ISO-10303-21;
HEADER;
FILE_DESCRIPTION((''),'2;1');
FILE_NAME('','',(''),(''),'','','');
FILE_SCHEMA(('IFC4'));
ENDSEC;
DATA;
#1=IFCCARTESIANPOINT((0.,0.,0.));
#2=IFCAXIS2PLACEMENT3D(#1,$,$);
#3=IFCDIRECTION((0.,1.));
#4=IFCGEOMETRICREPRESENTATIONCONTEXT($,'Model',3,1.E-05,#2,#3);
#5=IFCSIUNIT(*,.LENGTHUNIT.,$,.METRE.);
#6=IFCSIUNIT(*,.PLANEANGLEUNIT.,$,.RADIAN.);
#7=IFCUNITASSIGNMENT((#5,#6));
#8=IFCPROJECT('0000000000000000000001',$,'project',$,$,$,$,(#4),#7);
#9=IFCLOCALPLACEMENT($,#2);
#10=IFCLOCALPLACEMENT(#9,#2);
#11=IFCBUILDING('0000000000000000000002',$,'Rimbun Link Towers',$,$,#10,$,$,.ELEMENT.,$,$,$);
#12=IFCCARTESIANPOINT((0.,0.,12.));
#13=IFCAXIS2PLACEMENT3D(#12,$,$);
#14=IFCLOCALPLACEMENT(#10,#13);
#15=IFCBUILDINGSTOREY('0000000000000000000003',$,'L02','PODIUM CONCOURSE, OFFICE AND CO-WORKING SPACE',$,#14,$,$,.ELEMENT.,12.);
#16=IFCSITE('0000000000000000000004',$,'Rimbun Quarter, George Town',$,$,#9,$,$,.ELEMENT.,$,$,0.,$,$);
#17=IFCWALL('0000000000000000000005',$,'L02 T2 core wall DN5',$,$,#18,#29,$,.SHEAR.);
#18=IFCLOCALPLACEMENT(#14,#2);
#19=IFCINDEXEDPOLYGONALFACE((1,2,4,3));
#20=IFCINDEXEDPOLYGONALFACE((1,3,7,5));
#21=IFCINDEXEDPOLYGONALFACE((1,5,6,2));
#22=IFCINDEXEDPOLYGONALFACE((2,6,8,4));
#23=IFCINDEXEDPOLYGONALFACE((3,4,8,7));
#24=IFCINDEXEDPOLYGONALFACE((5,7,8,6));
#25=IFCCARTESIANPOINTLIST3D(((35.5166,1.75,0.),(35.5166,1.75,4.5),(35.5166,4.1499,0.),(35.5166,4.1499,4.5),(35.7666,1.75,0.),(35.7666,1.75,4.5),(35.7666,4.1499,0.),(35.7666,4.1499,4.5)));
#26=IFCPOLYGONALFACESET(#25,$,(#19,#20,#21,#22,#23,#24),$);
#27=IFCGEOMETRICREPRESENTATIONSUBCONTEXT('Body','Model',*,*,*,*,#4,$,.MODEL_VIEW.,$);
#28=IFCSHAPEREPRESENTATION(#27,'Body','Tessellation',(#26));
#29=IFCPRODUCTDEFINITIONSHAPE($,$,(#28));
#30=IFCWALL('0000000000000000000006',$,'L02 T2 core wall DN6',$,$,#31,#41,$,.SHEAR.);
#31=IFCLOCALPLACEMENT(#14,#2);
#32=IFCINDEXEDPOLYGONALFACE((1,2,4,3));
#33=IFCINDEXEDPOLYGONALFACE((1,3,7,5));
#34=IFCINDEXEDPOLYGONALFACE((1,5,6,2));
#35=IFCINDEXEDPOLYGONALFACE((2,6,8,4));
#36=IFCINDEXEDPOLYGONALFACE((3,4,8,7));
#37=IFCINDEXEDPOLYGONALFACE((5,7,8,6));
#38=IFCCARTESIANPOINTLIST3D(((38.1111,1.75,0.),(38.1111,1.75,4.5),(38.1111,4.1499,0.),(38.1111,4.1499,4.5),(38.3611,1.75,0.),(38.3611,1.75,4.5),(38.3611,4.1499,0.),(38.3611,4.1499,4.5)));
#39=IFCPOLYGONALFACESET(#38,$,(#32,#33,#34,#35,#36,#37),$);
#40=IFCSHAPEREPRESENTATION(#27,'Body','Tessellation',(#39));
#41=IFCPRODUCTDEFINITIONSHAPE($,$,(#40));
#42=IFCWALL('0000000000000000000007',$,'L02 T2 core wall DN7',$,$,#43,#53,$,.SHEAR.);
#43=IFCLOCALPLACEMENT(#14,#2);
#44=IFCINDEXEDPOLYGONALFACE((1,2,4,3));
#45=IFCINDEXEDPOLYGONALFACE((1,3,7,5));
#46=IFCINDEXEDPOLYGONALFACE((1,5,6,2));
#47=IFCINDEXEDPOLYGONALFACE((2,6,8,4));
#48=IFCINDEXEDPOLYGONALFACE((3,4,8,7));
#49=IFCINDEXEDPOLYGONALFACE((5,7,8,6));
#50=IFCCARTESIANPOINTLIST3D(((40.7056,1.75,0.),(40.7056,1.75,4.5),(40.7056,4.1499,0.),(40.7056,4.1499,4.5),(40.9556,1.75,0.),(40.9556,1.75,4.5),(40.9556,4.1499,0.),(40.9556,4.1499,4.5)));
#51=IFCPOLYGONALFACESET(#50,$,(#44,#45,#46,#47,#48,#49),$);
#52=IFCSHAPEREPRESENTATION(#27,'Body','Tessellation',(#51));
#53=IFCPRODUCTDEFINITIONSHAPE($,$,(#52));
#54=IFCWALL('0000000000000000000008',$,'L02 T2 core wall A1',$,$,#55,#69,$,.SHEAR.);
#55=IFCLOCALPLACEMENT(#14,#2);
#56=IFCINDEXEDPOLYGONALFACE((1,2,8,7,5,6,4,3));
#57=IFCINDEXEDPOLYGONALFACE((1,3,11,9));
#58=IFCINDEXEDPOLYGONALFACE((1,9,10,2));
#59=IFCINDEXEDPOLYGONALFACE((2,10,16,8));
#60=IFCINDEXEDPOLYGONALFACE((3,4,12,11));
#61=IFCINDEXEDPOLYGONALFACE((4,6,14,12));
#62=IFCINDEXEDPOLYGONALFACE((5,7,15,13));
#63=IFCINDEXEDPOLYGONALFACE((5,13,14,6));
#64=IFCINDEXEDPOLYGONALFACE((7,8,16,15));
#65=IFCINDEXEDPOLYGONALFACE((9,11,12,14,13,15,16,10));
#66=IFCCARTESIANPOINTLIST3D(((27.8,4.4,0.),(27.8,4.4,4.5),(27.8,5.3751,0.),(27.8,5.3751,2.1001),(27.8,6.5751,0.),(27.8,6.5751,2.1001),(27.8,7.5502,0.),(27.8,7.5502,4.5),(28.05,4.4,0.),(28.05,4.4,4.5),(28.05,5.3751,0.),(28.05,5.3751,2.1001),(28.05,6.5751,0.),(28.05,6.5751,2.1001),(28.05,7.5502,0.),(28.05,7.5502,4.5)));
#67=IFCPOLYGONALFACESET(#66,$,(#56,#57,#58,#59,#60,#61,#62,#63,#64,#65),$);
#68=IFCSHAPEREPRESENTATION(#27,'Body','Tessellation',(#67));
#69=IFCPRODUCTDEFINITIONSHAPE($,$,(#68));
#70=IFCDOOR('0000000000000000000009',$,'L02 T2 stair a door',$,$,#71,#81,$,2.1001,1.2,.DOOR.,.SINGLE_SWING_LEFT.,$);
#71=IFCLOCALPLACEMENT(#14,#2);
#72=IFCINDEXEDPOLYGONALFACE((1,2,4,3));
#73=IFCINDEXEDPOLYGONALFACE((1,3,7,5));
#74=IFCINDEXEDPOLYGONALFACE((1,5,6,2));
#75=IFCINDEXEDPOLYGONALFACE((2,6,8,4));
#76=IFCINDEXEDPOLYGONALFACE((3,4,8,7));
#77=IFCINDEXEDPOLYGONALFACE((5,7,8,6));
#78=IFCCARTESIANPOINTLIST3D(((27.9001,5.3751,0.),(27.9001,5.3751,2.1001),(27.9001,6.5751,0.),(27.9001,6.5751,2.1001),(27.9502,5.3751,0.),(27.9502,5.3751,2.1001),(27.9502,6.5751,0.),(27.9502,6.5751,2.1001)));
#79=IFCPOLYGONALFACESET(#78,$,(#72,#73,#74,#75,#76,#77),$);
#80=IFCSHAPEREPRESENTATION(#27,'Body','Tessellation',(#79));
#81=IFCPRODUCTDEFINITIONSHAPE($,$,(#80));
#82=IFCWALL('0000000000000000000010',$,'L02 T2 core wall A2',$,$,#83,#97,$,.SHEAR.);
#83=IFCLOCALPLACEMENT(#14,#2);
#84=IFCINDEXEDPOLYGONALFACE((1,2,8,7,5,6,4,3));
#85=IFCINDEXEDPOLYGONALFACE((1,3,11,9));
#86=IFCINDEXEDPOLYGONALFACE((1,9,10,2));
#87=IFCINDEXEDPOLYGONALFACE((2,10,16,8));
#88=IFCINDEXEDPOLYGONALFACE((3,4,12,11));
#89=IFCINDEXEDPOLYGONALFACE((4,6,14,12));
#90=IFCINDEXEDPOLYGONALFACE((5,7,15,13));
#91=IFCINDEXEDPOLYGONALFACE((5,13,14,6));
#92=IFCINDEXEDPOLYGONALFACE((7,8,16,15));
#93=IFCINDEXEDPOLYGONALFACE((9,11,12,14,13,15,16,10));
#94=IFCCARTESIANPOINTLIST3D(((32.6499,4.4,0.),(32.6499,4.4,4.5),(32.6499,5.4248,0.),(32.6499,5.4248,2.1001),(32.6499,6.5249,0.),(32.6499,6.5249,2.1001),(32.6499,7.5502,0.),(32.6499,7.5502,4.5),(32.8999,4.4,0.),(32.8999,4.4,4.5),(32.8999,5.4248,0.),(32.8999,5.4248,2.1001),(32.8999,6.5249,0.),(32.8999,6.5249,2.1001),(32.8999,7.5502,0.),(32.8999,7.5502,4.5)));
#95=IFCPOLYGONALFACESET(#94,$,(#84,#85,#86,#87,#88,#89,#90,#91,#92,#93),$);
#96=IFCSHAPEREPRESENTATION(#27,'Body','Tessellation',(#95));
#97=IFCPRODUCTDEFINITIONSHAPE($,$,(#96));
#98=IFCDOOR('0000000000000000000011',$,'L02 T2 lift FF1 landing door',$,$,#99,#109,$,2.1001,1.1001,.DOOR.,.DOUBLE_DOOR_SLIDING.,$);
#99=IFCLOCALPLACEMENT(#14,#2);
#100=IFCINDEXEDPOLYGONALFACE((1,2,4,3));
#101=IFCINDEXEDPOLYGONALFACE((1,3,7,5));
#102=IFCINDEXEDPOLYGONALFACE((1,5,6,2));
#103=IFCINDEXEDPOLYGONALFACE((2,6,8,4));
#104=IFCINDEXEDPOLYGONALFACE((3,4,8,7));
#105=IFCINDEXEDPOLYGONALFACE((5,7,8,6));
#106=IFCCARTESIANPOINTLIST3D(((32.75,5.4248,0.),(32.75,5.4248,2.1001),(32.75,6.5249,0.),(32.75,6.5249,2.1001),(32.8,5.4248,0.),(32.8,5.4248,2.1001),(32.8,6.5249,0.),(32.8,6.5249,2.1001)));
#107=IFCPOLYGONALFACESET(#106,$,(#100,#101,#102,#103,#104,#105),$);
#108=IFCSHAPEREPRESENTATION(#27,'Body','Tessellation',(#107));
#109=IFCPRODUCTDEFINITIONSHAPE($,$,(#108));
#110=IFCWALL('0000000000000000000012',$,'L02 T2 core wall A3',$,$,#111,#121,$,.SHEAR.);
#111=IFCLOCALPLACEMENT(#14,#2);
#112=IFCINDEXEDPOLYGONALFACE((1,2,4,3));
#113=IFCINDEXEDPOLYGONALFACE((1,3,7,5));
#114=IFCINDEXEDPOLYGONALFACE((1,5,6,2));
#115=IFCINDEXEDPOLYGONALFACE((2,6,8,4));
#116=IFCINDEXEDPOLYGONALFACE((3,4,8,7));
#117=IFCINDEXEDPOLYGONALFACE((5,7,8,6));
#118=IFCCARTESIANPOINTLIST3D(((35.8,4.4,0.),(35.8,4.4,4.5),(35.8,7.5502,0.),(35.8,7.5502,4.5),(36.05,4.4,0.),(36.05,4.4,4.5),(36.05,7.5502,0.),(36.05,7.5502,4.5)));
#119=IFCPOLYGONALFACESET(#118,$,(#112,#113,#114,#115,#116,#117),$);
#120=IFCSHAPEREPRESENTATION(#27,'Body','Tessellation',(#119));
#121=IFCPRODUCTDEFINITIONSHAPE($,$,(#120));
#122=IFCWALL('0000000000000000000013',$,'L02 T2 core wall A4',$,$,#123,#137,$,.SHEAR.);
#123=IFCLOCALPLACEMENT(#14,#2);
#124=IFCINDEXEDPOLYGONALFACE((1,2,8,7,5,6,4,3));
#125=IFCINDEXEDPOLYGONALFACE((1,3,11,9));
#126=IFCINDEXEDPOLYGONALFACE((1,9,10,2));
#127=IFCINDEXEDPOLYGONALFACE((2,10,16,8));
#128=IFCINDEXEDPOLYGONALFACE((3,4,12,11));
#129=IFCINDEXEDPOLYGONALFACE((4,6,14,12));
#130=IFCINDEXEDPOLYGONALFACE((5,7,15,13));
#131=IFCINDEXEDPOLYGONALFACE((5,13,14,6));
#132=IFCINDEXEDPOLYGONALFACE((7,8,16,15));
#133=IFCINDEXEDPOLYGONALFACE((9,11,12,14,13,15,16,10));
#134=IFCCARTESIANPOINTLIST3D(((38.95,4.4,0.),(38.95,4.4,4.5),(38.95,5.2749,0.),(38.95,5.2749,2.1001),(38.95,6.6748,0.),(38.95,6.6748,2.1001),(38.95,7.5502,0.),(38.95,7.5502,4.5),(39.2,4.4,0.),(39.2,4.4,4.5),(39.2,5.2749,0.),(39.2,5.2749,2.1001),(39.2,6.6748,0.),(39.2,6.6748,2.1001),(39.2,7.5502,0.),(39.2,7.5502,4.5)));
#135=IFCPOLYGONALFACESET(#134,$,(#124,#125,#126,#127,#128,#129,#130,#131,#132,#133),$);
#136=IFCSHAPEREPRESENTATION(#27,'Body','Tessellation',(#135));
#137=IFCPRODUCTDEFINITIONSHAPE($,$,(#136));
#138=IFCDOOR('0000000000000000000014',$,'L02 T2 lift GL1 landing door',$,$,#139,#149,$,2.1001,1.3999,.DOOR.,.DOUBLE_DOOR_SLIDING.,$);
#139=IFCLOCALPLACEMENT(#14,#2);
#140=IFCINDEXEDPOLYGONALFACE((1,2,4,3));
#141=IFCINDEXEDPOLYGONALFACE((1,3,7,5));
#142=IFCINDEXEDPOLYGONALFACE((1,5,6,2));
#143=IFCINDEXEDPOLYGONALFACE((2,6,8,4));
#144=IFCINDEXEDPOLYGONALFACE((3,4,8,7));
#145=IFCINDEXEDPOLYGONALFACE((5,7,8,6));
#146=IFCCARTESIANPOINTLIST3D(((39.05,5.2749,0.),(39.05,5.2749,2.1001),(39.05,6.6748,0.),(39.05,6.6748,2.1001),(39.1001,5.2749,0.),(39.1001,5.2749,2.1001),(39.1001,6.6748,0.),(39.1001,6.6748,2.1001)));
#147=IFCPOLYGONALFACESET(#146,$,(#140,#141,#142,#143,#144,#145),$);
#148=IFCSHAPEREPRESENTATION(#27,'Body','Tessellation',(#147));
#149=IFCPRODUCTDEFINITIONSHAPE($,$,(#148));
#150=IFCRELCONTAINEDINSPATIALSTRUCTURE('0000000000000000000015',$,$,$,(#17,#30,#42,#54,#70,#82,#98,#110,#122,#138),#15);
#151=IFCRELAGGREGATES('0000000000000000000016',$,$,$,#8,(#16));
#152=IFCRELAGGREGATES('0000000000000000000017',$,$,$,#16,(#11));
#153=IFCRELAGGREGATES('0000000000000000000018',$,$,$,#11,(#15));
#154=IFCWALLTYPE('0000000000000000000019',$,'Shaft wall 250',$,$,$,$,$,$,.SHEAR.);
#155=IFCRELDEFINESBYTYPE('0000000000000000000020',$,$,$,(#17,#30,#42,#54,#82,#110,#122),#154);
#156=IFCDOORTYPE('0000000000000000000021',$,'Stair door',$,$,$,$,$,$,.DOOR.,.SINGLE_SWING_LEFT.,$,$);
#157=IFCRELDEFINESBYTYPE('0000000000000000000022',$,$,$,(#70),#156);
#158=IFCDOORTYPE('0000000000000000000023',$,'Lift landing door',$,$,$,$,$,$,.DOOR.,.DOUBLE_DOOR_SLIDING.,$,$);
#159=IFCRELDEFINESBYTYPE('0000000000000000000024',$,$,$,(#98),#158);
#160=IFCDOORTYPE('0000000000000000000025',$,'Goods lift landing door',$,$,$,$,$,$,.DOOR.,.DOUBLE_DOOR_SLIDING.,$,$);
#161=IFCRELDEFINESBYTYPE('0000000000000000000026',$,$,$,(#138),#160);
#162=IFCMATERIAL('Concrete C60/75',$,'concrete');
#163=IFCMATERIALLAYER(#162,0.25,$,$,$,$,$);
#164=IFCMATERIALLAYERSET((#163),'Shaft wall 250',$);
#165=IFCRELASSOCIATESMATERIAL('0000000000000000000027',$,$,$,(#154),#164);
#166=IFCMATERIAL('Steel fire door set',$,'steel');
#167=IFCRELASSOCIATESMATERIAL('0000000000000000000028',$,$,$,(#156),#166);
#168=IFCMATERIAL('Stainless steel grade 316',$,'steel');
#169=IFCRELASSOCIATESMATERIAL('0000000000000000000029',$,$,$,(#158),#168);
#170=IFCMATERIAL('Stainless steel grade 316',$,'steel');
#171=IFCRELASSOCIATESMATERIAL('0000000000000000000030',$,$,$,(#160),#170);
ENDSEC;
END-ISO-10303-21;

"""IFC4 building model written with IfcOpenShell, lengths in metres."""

from ifc_helpers import new_model, si_unit, direction, frame, frame_2d, origin, place, context, subcontext, project, spatial, rectangle, extrude, material, layer, layer_set, type_object, element, fill, save


model = new_model("IFC4")

# Units and contexts
model_context = context("Model", 3, precision=1e-05, world=origin(), true_north=direction((0.0, 1.0)))
body_context = subcontext(model_context, "Body", "Model", "MODEL_VIEW")
ifc_project = project(units=[si_unit("LENGTHUNIT", "METRE"), si_unit("PLANEANGLEUNIT", "RADIAN")], contexts=[model_context])

# Site, building, storey
site_placement = place(None, origin())
site = spatial("IfcSite", under=ifc_project, at=site_placement, Name="Rimbun Quarter, George Town", CompositionType="ELEMENT", RefElevation=0.0)
building_placement = place(site_placement, origin())
building = spatial("IfcBuilding", under=site, at=building_placement, Name="Rimbun Link Towers", CompositionType="ELEMENT")
storey_placement = place(building_placement, frame((0.0, 0.0, 12.0)))
storey = spatial("IfcBuildingStorey", under=building, at=storey_placement, Name="L02", Description="PODIUM CONCOURSE, OFFICE AND CO-WORKING SPACE", CompositionType="ELEMENT", Elevation=12.0)

# Walls
ifc_material_1 = material(Name="Concrete C60/75", Category="concrete")
ifc_layer_1 = layer(ifc_material_1, 0.25)
ifc_layer_set_1 = layer_set([ifc_layer_1], Name="Shaft wall 250")
wall_type_1 = type_object("IfcWallType", Name="Shaft wall 250", PredefinedType="SHEAR", material=ifc_layer_set_1)
for number, where, z_axis, x_axis, name in (
    (1, (35.6416, 1.75, 0.0), (0.0, 0.0, 1.0), (0.0, 1.0, 0.0), "L02 T2 core wall DN5"),
    (2, (38.2361, 1.75, 0.0), (0.0, 0.0, 1.0), (0.0, 1.0, 0.0), "L02 T2 core wall DN6"),
    (3, (40.8306, 1.75, 0.0), (0.0, 0.0, 1.0), (0.0, 1.0, 0.0), "L02 T2 core wall DN7"),
):
    element("IfcWall", number, at=place(storey_placement, frame(where, z_axis=z_axis, x_axis=x_axis)), inside=storey, type_object=wall_type_1, Name=name, PredefinedType="SHEAR", context=body_context, shape_type="SweptSolid", body=[
        extrude(rectangle(XDim=2.3999, YDim=0.25, at=frame_2d((1.2, 0.0))), origin(), (0.0, 0.0, 1.0), 4.5),
    ])

# Walls, openings, doors
wall_1_placement = place(storey_placement, frame((27.925, 4.3999, 0.0), z_axis=(0.0, 0.0, 1.0), x_axis=(0.0, 1.0, 0.0)))
wall_1 = element("IfcWall", 4, at=wall_1_placement, inside=storey, type_object=wall_type_1, Name="L02 T2 core wall A1", PredefinedType="SHEAR", context=body_context, shape_type="SweptSolid", body=[
    extrude(rectangle(XDim=3.1501, YDim=0.25, at=frame_2d((1.5752, 0.0))), origin(), (0.0, 0.0, 1.0), 4.5),
])
opening_1_placement = place(wall_1_placement, frame((0.9751, 0.0, 0.0)))
opening_1 = element("IfcOpeningElement", 5, at=opening_1_placement, cuts=wall_1, PredefinedType="OPENING", context=body_context, shape_type="SweptSolid", body=[
    extrude(rectangle(XDim=1.2, YDim=2.1001, at=frame_2d((0.6001, 1.05))), frame((0.0, 0.135, 0.0), z_axis=(0.0, -1.0, 0.0), x_axis=(1.0, 0.0, 0.0)), (0.0, 0.0, 1.0), 0.27),
])
ifc_material_2 = material(Name="Steel fire door set", Category="steel")
door_type_1 = type_object("IfcDoorType", Name="Stair door", OperationType="SINGLE_SWING_LEFT", PredefinedType="DOOR", material=ifc_material_2)
door_1_placement = place(opening_1_placement, origin())
door_1 = element("IfcDoor", 6, at=door_1_placement, inside=storey, type_object=door_type_1, Name="L02 T2 stair a door", OperationType="SINGLE_SWING_LEFT", OverallHeight=2.1001, OverallWidth=1.2, PredefinedType="DOOR", context=body_context, shape_type="SweptSolid", body=[
    extrude(rectangle(XDim=1.2, YDim=2.1001, at=frame_2d((0.6001, 1.05))), frame((0.0, 0.0249, 0.0), z_axis=(0.0, -1.0, 0.0), x_axis=(1.0, 0.0, 0.0)), (0.0, 0.0, 1.0), 0.05),
])
fill(opening_1, door_1)
wall_2_placement = place(storey_placement, frame((32.7749, 4.3999, 0.0), z_axis=(0.0, 0.0, 1.0), x_axis=(0.0, 1.0, 0.0)))
wall_2 = element("IfcWall", 7, at=wall_2_placement, inside=storey, type_object=wall_type_1, Name="L02 T2 core wall A2", PredefinedType="SHEAR", context=body_context, shape_type="SweptSolid", body=[
    extrude(rectangle(XDim=3.1501, YDim=0.25, at=frame_2d((1.5752, 0.0))), origin(), (0.0, 0.0, 1.0), 4.5),
])
opening_2_placement = place(wall_2_placement, frame((1.0249, 0.0, 0.0)))
opening_2 = element("IfcOpeningElement", 8, at=opening_2_placement, cuts=wall_2, PredefinedType="OPENING", context=body_context, shape_type="SweptSolid", body=[
    extrude(rectangle(XDim=1.1001, YDim=2.1001, at=frame_2d((0.55, 1.05))), frame((0.0, 0.135, 0.0), z_axis=(0.0, -1.0, 0.0), x_axis=(1.0, 0.0, 0.0)), (0.0, 0.0, 1.0), 0.27),
])
ifc_material_3 = material(Name="Stainless steel grade 316", Category="steel")
door_type_2 = type_object("IfcDoorType", Name="Lift landing door", OperationType="DOUBLE_DOOR_SLIDING", PredefinedType="DOOR", material=ifc_material_3)
door_2_placement = place(opening_2_placement, origin())
door_2 = element("IfcDoor", 9, at=door_2_placement, inside=storey, type_object=door_type_2, Name="L02 T2 lift FF1 landing door", OperationType="DOUBLE_DOOR_SLIDING", OverallHeight=2.1001, OverallWidth=1.1001, PredefinedType="DOOR", context=body_context, shape_type="SweptSolid", body=[
    extrude(rectangle(XDim=1.1001, YDim=2.1001, at=frame_2d((0.55, 1.05))), frame((0.0, 0.0249, 0.0), z_axis=(0.0, -1.0, 0.0), x_axis=(1.0, 0.0, 0.0)), (0.0, 0.0, 1.0), 0.05),
])
fill(opening_2, door_2)

# Wall
wall_3_placement = place(storey_placement, frame((35.925, 4.3999, 0.0), z_axis=(0.0, 0.0, 1.0), x_axis=(0.0, 1.0, 0.0)))
element("IfcWall", 10, at=wall_3_placement, inside=storey, type_object=wall_type_1, Name="L02 T2 core wall A3", PredefinedType="SHEAR", context=body_context, shape_type="SweptSolid", body=[
    extrude(rectangle(XDim=3.1501, YDim=0.25, at=frame_2d((1.5752, 0.0))), origin(), (0.0, 0.0, 1.0), 4.5),
])

# Wall, opening, door
wall_4_placement = place(storey_placement, frame((39.075, 4.3999, 0.0), z_axis=(0.0, 0.0, 1.0), x_axis=(0.0, 1.0, 0.0)))
wall_4 = element("IfcWall", 11, at=wall_4_placement, inside=storey, type_object=wall_type_1, Name="L02 T2 core wall A4", PredefinedType="SHEAR", context=body_context, shape_type="SweptSolid", body=[
    extrude(rectangle(XDim=3.1501, YDim=0.25, at=frame_2d((1.5752, 0.0))), origin(), (0.0, 0.0, 1.0), 4.5),
])
opening_3_placement = place(wall_4_placement, frame((0.875, 0.0, 0.0)))
opening_3 = element("IfcOpeningElement", 12, at=opening_3_placement, cuts=wall_4, PredefinedType="OPENING", context=body_context, shape_type="SweptSolid", body=[
    extrude(rectangle(XDim=1.3999, YDim=2.1001, at=frame_2d((0.7, 1.05))), frame((0.0, 0.135, 0.0), z_axis=(0.0, -1.0, 0.0), x_axis=(1.0, 0.0, 0.0)), (0.0, 0.0, 1.0), 0.27),
])
ifc_material_4 = material(Name="Stainless steel grade 316", Category="steel")
door_type_3 = type_object("IfcDoorType", Name="Goods lift landing door", OperationType="DOUBLE_DOOR_SLIDING", PredefinedType="DOOR", material=ifc_material_4)
door_3_placement = place(opening_3_placement, origin())
door_3 = element("IfcDoor", 13, at=door_3_placement, inside=storey, type_object=door_type_3, Name="L02 T2 lift GL1 landing door", OperationType="DOUBLE_DOOR_SLIDING", OverallHeight=2.1001, OverallWidth=1.3999, PredefinedType="DOOR", context=body_context, shape_type="SweptSolid", body=[
    extrude(rectangle(XDim=1.3999, YDim=2.1001, at=frame_2d((0.7, 1.05))), frame((0.0, 0.0249, 0.0), z_axis=(0.0, -1.0, 0.0), x_axis=(1.0, 0.0, 0.0)), (0.0, 0.0, 1.0), 0.05),
])
fill(opening_3, door_3)

save(model, "model.ifc")
